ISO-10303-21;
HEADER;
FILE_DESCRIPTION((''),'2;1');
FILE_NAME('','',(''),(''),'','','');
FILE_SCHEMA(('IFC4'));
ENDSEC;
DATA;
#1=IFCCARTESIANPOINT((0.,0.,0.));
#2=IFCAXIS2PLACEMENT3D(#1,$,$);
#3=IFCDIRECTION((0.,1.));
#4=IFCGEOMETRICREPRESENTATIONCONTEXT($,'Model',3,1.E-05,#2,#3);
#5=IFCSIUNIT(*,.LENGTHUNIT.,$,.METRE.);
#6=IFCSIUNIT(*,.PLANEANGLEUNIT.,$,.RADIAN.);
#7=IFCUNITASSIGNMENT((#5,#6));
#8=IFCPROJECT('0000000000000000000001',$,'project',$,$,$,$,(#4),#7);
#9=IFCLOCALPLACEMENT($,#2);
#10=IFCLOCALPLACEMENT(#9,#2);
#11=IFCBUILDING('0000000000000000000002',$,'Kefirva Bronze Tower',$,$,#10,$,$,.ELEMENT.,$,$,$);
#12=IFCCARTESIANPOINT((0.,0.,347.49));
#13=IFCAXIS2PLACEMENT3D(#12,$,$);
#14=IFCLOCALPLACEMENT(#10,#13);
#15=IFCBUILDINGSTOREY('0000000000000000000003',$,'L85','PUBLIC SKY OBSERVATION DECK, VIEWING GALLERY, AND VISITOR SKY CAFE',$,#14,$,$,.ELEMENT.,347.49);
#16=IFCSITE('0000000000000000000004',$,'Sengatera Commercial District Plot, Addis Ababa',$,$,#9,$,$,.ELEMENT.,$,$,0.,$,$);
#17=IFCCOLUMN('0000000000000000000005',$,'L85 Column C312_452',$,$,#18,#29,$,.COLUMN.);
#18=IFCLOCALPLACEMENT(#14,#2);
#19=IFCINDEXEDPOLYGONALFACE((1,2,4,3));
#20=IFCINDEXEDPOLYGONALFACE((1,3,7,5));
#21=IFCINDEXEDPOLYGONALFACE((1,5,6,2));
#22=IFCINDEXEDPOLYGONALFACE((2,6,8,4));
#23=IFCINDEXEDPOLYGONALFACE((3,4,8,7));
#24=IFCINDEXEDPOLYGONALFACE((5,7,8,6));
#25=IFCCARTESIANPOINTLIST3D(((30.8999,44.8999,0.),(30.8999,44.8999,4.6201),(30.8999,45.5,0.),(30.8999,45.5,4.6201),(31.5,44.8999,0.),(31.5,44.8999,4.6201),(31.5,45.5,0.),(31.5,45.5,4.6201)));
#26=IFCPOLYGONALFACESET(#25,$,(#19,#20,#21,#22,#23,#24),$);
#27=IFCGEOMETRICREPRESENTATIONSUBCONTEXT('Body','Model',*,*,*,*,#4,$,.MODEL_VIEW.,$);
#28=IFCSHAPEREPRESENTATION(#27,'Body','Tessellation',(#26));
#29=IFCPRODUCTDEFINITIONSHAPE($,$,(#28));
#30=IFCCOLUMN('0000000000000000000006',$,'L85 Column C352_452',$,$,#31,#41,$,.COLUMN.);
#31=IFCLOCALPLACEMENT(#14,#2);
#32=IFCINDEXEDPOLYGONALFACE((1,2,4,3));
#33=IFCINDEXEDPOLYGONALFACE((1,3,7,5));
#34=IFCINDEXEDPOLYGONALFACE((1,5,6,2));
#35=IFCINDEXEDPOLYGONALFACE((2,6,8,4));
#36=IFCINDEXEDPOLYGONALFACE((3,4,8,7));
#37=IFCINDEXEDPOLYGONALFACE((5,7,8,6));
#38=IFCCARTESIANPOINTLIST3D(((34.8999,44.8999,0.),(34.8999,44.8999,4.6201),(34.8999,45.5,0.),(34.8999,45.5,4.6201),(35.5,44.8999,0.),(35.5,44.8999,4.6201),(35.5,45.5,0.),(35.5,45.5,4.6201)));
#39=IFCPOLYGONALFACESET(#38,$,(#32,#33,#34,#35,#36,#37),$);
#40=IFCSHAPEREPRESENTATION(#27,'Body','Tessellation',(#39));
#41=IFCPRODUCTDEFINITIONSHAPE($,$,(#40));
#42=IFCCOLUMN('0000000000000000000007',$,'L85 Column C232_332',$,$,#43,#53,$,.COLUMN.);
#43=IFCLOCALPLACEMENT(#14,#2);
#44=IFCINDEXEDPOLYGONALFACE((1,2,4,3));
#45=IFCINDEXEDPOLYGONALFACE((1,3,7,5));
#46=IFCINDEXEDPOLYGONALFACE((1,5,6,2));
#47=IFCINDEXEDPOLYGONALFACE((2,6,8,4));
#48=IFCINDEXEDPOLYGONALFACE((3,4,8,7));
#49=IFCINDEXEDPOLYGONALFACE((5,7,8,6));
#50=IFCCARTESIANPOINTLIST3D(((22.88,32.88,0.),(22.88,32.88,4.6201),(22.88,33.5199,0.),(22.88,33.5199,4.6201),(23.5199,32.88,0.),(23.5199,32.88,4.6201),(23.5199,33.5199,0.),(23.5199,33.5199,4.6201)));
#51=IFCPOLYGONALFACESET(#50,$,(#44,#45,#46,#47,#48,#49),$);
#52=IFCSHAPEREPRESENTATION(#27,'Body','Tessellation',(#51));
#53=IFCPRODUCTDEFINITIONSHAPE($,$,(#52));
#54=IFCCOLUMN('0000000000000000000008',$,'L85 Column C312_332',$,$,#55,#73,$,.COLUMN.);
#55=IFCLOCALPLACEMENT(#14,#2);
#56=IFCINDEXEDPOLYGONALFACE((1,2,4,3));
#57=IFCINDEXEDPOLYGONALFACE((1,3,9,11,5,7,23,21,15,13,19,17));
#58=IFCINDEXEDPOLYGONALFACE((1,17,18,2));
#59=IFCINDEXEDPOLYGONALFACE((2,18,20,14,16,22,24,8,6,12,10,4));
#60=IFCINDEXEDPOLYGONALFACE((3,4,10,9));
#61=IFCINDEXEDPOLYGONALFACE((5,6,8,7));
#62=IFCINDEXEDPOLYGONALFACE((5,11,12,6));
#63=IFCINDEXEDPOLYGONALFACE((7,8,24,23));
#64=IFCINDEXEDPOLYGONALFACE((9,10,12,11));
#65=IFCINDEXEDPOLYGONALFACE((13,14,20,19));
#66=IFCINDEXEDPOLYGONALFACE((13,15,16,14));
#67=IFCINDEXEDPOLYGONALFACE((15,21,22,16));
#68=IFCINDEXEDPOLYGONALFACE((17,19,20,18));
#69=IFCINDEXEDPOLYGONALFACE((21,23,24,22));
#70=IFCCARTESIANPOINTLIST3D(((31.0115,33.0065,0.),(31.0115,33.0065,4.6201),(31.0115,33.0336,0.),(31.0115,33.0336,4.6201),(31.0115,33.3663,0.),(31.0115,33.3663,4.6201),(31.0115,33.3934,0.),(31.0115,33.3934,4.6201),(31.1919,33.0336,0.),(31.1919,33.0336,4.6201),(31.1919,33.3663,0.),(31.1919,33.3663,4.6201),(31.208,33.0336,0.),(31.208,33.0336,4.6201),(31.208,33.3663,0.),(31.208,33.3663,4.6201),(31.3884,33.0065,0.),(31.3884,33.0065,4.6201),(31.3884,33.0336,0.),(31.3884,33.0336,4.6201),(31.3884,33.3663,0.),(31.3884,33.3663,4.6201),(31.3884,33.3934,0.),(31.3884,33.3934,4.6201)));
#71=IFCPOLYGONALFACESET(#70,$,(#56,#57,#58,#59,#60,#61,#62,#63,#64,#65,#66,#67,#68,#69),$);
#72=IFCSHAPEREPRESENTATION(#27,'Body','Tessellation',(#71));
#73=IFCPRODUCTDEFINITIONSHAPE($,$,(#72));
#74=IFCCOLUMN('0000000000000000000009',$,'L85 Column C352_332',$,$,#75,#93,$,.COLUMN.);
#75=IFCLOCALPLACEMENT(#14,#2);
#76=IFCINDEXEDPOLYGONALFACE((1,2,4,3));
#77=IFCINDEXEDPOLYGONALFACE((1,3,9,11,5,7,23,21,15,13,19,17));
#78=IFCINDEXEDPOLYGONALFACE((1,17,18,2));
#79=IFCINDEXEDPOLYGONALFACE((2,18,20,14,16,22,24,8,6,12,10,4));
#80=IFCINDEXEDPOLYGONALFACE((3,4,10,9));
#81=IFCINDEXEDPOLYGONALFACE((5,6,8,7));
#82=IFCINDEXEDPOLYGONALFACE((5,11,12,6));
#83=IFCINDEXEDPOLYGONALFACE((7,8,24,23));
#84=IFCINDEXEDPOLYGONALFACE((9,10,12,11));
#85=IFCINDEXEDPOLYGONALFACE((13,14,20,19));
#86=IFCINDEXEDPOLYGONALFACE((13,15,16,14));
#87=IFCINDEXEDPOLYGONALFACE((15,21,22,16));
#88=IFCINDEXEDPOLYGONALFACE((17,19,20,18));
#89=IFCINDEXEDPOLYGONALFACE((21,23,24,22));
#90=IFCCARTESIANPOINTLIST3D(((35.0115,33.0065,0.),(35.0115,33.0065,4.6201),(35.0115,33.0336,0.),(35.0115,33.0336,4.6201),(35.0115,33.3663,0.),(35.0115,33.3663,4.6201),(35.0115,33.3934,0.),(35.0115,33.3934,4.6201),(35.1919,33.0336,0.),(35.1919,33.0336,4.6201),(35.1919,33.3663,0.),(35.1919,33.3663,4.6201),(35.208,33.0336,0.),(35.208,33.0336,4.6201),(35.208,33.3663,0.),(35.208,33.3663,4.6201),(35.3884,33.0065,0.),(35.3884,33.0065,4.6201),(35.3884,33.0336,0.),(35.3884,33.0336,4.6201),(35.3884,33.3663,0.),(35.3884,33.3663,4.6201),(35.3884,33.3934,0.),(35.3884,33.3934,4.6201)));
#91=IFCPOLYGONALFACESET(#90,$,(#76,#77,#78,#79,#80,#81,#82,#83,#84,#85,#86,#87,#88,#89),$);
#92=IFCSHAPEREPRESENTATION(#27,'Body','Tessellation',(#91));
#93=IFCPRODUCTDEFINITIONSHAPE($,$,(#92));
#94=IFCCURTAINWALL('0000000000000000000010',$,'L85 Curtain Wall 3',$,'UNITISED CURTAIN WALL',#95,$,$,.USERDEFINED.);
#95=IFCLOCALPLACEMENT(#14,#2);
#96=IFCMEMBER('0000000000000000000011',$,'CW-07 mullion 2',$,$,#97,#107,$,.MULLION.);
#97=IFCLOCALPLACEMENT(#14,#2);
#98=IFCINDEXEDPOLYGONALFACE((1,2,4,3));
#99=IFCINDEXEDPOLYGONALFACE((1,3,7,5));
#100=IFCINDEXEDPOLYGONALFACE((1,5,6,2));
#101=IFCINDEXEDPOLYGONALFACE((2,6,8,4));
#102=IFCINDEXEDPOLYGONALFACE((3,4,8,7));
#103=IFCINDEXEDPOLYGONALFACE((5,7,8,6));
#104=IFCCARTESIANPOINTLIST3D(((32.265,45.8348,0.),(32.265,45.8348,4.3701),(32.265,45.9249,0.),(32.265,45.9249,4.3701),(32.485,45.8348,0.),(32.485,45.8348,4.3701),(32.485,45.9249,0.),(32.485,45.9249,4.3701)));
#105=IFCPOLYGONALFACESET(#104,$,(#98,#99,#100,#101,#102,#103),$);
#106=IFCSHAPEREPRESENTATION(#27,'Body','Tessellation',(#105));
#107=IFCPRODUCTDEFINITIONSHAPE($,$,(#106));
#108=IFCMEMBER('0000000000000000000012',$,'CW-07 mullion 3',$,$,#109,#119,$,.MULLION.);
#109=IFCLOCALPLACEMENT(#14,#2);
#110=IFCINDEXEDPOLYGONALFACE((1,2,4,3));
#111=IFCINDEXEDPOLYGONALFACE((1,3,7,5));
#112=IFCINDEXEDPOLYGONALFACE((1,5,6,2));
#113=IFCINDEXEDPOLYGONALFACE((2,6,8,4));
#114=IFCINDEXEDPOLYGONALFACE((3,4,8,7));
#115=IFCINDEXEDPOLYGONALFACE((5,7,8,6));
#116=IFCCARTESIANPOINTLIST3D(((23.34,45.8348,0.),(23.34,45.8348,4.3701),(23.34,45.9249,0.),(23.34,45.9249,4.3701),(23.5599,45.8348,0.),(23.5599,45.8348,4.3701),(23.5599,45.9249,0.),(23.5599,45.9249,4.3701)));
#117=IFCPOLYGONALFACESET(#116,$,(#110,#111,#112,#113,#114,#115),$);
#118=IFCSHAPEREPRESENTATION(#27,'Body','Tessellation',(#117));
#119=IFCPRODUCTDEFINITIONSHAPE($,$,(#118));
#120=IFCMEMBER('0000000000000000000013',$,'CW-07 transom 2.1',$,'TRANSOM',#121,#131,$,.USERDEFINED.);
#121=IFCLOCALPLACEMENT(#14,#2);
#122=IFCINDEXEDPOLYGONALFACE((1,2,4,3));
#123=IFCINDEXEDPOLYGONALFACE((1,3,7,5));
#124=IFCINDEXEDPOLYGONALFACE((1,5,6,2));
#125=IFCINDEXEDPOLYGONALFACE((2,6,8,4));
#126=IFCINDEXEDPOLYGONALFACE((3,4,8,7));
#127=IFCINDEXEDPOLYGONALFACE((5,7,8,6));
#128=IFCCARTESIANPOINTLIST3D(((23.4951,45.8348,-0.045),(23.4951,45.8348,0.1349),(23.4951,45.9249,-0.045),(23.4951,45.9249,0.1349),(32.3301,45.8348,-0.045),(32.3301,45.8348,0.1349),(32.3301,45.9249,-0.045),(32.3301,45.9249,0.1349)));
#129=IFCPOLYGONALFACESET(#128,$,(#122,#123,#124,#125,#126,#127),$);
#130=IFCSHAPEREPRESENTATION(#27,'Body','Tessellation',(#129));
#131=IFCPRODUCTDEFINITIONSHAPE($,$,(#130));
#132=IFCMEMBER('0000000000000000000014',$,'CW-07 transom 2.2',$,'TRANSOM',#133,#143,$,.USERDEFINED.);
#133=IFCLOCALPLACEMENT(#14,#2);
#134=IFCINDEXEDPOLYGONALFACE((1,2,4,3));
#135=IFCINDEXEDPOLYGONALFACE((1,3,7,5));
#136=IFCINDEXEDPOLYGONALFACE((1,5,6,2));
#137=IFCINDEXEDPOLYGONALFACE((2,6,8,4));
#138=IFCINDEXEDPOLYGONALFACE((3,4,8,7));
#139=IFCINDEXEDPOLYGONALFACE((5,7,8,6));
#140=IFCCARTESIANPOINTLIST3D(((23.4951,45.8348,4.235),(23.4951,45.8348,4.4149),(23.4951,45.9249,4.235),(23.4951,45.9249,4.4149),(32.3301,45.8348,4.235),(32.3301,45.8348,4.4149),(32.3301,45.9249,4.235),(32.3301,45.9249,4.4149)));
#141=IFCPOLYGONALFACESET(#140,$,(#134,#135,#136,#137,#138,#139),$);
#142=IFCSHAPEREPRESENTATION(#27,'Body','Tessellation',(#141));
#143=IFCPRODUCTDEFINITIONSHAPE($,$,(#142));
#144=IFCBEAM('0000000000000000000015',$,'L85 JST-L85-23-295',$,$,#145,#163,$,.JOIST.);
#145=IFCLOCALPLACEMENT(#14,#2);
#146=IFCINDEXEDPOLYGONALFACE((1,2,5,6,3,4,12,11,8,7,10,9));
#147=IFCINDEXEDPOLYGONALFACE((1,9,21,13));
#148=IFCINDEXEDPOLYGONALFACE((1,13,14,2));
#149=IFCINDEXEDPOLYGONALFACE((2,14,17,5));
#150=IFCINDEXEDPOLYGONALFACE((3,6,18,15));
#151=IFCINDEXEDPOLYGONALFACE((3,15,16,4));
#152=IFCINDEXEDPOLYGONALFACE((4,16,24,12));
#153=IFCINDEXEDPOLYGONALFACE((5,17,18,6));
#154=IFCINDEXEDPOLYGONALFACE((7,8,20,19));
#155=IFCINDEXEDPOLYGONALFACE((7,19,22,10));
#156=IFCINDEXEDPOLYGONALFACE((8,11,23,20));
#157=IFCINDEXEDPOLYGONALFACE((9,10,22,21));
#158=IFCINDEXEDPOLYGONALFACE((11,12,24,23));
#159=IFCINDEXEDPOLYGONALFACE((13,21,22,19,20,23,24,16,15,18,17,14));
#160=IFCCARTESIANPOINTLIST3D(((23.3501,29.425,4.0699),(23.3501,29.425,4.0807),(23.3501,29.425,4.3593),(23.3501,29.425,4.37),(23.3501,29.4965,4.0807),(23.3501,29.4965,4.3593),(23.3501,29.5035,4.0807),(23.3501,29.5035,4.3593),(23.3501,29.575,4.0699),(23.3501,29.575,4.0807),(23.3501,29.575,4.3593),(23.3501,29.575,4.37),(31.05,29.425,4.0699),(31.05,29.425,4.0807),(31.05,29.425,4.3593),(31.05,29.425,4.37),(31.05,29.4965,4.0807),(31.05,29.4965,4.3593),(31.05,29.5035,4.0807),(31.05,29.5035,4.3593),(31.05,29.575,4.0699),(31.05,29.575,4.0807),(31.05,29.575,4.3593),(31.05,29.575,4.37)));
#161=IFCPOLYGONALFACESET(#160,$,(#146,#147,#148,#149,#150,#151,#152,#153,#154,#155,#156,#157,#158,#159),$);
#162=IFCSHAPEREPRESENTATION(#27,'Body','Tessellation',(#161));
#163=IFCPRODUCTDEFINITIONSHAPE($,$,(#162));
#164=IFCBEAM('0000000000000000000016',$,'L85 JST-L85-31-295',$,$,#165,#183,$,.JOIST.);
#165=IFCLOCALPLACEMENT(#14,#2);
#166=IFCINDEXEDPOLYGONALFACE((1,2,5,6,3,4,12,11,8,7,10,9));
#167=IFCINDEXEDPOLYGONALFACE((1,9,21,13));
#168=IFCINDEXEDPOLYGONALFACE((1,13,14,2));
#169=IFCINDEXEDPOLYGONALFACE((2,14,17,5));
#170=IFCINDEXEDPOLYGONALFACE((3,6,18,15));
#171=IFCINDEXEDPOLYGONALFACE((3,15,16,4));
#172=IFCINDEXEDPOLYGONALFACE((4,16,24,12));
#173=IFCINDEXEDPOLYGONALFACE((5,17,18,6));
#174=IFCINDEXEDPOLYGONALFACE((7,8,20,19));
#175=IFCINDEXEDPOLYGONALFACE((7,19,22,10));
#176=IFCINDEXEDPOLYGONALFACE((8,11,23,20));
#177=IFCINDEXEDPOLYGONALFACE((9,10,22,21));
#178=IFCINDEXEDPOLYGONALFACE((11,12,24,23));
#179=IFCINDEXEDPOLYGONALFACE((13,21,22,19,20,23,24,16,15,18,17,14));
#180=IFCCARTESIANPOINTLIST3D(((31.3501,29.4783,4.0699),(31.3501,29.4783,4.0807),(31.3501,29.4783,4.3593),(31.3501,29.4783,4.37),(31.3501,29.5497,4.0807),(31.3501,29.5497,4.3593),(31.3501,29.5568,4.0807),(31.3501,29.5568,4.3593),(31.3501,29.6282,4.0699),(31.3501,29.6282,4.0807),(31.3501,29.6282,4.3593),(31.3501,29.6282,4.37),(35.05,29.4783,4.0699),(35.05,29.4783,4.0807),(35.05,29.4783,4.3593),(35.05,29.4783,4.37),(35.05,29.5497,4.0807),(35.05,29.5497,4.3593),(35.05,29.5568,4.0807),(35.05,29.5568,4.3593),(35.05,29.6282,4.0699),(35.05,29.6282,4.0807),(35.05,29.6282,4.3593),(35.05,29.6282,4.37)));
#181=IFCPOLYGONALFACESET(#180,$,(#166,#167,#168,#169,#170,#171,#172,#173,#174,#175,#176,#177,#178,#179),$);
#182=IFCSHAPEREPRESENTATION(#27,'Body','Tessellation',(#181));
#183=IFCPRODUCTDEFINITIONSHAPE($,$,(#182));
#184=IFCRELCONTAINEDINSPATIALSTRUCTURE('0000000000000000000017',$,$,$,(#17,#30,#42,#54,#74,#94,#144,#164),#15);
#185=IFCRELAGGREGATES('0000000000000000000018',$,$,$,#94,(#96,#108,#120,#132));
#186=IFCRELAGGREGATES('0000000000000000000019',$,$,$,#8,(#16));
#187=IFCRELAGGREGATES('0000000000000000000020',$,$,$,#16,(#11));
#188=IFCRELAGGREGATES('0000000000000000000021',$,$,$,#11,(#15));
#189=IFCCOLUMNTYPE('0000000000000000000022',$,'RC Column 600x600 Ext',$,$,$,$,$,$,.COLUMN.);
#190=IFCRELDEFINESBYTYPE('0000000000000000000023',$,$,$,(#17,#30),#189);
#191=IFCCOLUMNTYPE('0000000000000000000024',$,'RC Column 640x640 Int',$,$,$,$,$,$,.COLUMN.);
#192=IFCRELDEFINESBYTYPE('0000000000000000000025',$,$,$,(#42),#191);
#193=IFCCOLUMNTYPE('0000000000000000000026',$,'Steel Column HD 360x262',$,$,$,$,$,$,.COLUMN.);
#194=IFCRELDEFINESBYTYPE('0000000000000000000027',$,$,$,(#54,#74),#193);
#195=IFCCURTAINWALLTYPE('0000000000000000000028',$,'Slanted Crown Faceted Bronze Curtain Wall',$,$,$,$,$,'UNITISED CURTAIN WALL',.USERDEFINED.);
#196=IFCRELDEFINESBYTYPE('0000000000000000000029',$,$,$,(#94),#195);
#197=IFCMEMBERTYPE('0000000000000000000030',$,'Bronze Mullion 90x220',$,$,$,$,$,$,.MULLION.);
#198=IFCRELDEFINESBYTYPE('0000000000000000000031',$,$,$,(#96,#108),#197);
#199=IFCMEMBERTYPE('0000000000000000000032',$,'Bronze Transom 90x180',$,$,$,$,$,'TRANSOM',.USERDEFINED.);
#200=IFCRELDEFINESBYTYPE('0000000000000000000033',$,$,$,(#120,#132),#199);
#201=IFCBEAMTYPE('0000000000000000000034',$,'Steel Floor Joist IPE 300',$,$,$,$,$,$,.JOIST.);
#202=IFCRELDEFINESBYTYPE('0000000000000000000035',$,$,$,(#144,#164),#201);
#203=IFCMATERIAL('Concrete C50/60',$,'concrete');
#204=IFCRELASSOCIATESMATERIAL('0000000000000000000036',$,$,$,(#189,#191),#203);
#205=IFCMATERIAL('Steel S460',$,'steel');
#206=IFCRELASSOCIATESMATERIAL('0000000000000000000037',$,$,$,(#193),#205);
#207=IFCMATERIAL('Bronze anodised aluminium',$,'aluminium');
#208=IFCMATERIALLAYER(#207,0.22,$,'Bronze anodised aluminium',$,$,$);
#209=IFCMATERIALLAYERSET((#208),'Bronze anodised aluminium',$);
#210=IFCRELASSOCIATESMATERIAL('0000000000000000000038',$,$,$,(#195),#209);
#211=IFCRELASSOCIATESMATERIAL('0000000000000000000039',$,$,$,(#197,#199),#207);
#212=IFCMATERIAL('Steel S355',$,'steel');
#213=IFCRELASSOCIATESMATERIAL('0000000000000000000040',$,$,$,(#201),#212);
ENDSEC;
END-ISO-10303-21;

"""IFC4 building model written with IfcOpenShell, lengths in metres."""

from ifc_helpers import new_model, si_unit, direction, frame, origin, origin_2d, place, context, subcontext, project, spatial, rectangle, i_section, extrude, material, layer, layer_set, material_profile, profile_set, type_object, element, aggregate, save


model = new_model("IFC4")

# Units and contexts
model_context = context("Model", 3, precision=1e-05, world=origin(), true_north=direction((0.0, 1.0)))
body_context = subcontext(model_context, "Body", "Model", "MODEL_VIEW")
ifc_project = project(units=[si_unit("LENGTHUNIT", "METRE"), si_unit("PLANEANGLEUNIT", "RADIAN")], contexts=[model_context])

# Site, building, storey
site_placement = place(None, origin())
site = spatial("IfcSite", under=ifc_project, at=site_placement, Name="Sengatera Commercial District Plot, Addis Ababa", CompositionType="ELEMENT", RefElevation=0.0)
building_placement = place(site_placement, origin())
building = spatial("IfcBuilding", under=site, at=building_placement, Name="Kefirva Bronze Tower", CompositionType="ELEMENT")
storey_placement = place(building_placement, frame((0.0, 0.0, 347.49)))
storey = spatial("IfcBuildingStorey", under=building, at=storey_placement, Name="L85", Description="PUBLIC SKY OBSERVATION DECK, VIEWING GALLERY, AND VISITOR SKY CAFE", CompositionType="ELEMENT", Elevation=347.49)

# Columns
ifc_material_1 = material(Name="Concrete C50/60", Category="concrete")
ifc_material_profile_1 = material_profile(ifc_material_1, rectangle(XDim=0.6001, YDim=0.6001, at=origin_2d()), Name="RC 600x600")
ifc_profile_set_1 = profile_set([ifc_material_profile_1], Name="Concrete C50/60")
column_type_1 = type_object("IfcColumnType", Name="RC Column 600x600 Ext", PredefinedType="COLUMN", material=ifc_profile_set_1)
for number, where, z_axis, x_axis, name in (
    (1, (31.2, 45.2, 0.0), (0.0, 0.0, 1.0), (1.0, 0.0, 0.0), "L85 Column C312_452"),
    (2, (35.2, 45.2, 0.0), (0.0, 0.0, 1.0), (1.0, 0.0, 0.0), "L85 Column C352_452"),
):
    element("IfcColumn", number, at=place(storey_placement, frame(where, z_axis=z_axis, x_axis=x_axis)), inside=storey, type_object=column_type_1, Name=name, PredefinedType="COLUMN", context=body_context, shape_type="SweptSolid", body=[
        extrude(rectangle(XDim=0.6001, YDim=0.6001, at=origin_2d()), origin(), (0.0, 0.0, 1.0), 4.6201),
    ])
ifc_material_profile_2 = material_profile(ifc_material_1, rectangle(XDim=0.6399, YDim=0.6399, at=origin_2d()), Name="RC 640x640")
ifc_profile_set_2 = profile_set([ifc_material_profile_2], Name="Concrete C50/60")
column_type_2 = type_object("IfcColumnType", Name="RC Column 640x640 Int", PredefinedType="COLUMN", material=ifc_profile_set_2)
column_placement = place(storey_placement, frame((23.2, 33.2, 0.0), z_axis=(0.0, 0.0, 1.0), x_axis=(1.0, 0.0, 0.0)))
element("IfcColumn", 3, at=column_placement, inside=storey, type_object=column_type_2, Name="L85 Column C232_332", PredefinedType="COLUMN", context=body_context, shape_type="SweptSolid", body=[
    extrude(rectangle(XDim=0.6399, YDim=0.6399, at=origin_2d()), origin(), (0.0, 0.0, 1.0), 4.6201),
])
ifc_material_2 = material(Name="Steel S460", Category="steel")
ifc_material_profile_3 = material_profile(ifc_material_2, i_section(OverallWidth=0.377, OverallDepth=0.387, WebThickness=0.0161, FlangeThickness=0.0271, at=origin_2d()), Name="HD 360x262")
ifc_profile_set_3 = profile_set([ifc_material_profile_3], Name="Steel S460")
column_type_3 = type_object("IfcColumnType", Name="Steel Column HD 360x262", PredefinedType="COLUMN", material=ifc_profile_set_3)
for number, where, z_axis, x_axis, name in (
    (4, (31.2, 33.2, 0.0), (0.0, 0.0, 1.0), (1.0, 0.0, 0.0), "L85 Column C312_332"),
    (5, (35.2, 33.2, 0.0), (0.0, 0.0, 1.0), (1.0, 0.0, 0.0), "L85 Column C352_332"),
):
    element("IfcColumn", number, at=place(storey_placement, frame(where, z_axis=z_axis, x_axis=x_axis)), inside=storey, type_object=column_type_3, Name=name, PredefinedType="COLUMN", context=body_context, shape_type="SweptSolid", body=[
        extrude(i_section(OverallWidth=0.377, OverallDepth=0.387, WebThickness=0.0161, FlangeThickness=0.0271, at=origin_2d()), origin(), (0.0, 0.0, 1.0), 4.6201),
    ])

# Curtain wall, members
ifc_material_3 = material(Name="Bronze anodised aluminium", Category="aluminium")
ifc_layer_1 = layer(ifc_material_3, 0.22, Name="Bronze anodised aluminium")
ifc_layer_set_1 = layer_set([ifc_layer_1], Name="Bronze anodised aluminium")
curtain_wall_type = type_object("IfcCurtainWallType", Name="Slanted Crown Faceted Bronze Curtain Wall", ElementType="UNITISED CURTAIN WALL", PredefinedType="USERDEFINED", material=ifc_layer_set_1)
curtain_wall_placement = place(storey_placement, origin())
curtain_wall = element("IfcCurtainWall", 6, at=curtain_wall_placement, inside=storey, type_object=curtain_wall_type, Name="L85 Curtain Wall 3", ObjectType="UNITISED CURTAIN WALL", PredefinedType="USERDEFINED")
ifc_material_profile_4 = material_profile(ifc_material_3, rectangle(XDim=0.0901, YDim=0.22, at=origin_2d()), Name="ALU 90x220")
ifc_profile_set_4 = profile_set([ifc_material_profile_4], Name="Bronze anodised aluminium")
member_type_1 = type_object("IfcMemberType", Name="Bronze Mullion 90x220", PredefinedType="MULLION", material=ifc_profile_set_4)
member_1_placement = place(storey_placement, frame((32.375, 45.8799, 0.0), z_axis=(0.0, 0.0, 1.0), x_axis=(0.0, -1.0, 0.0)))
member_1 = element("IfcMember", 7, at=member_1_placement, type_object=member_type_1, Name="CW-07 mullion 2", PredefinedType="MULLION", context=body_context, shape_type="SweptSolid", body=[
    extrude(rectangle(XDim=0.0901, YDim=0.22, at=origin_2d()), origin(), (0.0, 0.0, 1.0), 4.3701),
])
member_2_placement = place(storey_placement, frame((23.45, 45.8799, 0.0), z_axis=(0.0, 0.0, 1.0), x_axis=(0.0, -1.0, 0.0)))
member_2 = element("IfcMember", 8, at=member_2_placement, type_object=member_type_1, Name="CW-07 mullion 3", PredefinedType="MULLION", context=body_context, shape_type="SweptSolid", body=[
    extrude(rectangle(XDim=0.0901, YDim=0.22, at=origin_2d()), origin(), (0.0, 0.0, 1.0), 4.3701),
])
ifc_material_profile_5 = material_profile(ifc_material_3, rectangle(XDim=0.0901, YDim=0.1799, at=origin_2d()), Name="ALU 90x180")
ifc_profile_set_5 = profile_set([ifc_material_profile_5], Name="Bronze anodised aluminium")
member_type_2 = type_object("IfcMemberType", Name="Bronze Transom 90x180", ElementType="TRANSOM", PredefinedType="USERDEFINED", material=ifc_profile_set_5)
member_3_placement = place(storey_placement, frame((32.3301, 45.8799, 0.0449), z_axis=(-1.0, 0.0, 0.0), x_axis=(0.0, -1.0, 0.0)))
member_3 = element("IfcMember", 9, at=member_3_placement, type_object=member_type_2, Name="CW-07 transom 2.1", ObjectType="TRANSOM", PredefinedType="USERDEFINED", context=body_context, shape_type="SweptSolid", body=[
    extrude(rectangle(XDim=0.0901, YDim=0.1799, at=origin_2d()), origin(), (0.0, 0.0, 1.0), 8.835),
])
member_4_placement = place(storey_placement, frame((32.3301, 45.8799, 4.325), z_axis=(-1.0, 0.0, 0.0), x_axis=(0.0, -1.0, 0.0)))
member_4 = element("IfcMember", 10, at=member_4_placement, type_object=member_type_2, Name="CW-07 transom 2.2", ObjectType="TRANSOM", PredefinedType="USERDEFINED", context=body_context, shape_type="SweptSolid", body=[
    extrude(rectangle(XDim=0.0901, YDim=0.1799, at=origin_2d()), origin(), (0.0, 0.0, 1.0), 8.835),
])

# Beams
ifc_material_4 = material(Name="Steel S355", Category="steel")
ifc_material_profile_6 = material_profile(ifc_material_4, i_section(OverallWidth=0.1499, OverallDepth=0.3, WebThickness=0.0071, FlangeThickness=0.0107, at=origin_2d()), Name="IPE 300")
ifc_profile_set_6 = profile_set([ifc_material_profile_6], Name="Steel S355")
beam_type_1 = type_object("IfcBeamType", Name="Steel Floor Joist IPE 300", PredefinedType="JOIST", material=ifc_profile_set_6)
beam_1_placement = place(storey_placement, frame((23.3501, 29.5, 4.22), z_axis=(1.0, 0.0, 0.0), x_axis=(0.0, 1.0, 0.0)))
element("IfcBeam", 11, at=beam_1_placement, inside=storey, type_object=beam_type_1, Name="L85 JST-L85-23-295", PredefinedType="JOIST", context=body_context, shape_type="SweptSolid", body=[
    extrude(i_section(OverallWidth=0.1499, OverallDepth=0.3, WebThickness=0.0071, FlangeThickness=0.0107, at=origin_2d()), origin(), (0.0, 0.0, 1.0), 7.7),
])
for number, where, z_axis, x_axis, name in (
    (12, (31.3501, 29.5532, 4.22), (1.0, 0.0, 0.0), (0.0, 1.0, 0.0), "L85 JST-L85-31-295"),
):
    element("IfcBeam", number, at=place(storey_placement, frame(where, z_axis=z_axis, x_axis=x_axis)), inside=storey, type_object=beam_type_1, Name=name, PredefinedType="JOIST", context=body_context, shape_type="SweptSolid", body=[
        extrude(i_section(OverallWidth=0.1499, OverallDepth=0.3, WebThickness=0.0071, FlangeThickness=0.0107, at=origin_2d()), origin(), (0.0, 0.0, 1.0), 3.7),
    ])

aggregate(curtain_wall, [member_1, member_2, member_3, member_4])

save(model, "model.ifc")
